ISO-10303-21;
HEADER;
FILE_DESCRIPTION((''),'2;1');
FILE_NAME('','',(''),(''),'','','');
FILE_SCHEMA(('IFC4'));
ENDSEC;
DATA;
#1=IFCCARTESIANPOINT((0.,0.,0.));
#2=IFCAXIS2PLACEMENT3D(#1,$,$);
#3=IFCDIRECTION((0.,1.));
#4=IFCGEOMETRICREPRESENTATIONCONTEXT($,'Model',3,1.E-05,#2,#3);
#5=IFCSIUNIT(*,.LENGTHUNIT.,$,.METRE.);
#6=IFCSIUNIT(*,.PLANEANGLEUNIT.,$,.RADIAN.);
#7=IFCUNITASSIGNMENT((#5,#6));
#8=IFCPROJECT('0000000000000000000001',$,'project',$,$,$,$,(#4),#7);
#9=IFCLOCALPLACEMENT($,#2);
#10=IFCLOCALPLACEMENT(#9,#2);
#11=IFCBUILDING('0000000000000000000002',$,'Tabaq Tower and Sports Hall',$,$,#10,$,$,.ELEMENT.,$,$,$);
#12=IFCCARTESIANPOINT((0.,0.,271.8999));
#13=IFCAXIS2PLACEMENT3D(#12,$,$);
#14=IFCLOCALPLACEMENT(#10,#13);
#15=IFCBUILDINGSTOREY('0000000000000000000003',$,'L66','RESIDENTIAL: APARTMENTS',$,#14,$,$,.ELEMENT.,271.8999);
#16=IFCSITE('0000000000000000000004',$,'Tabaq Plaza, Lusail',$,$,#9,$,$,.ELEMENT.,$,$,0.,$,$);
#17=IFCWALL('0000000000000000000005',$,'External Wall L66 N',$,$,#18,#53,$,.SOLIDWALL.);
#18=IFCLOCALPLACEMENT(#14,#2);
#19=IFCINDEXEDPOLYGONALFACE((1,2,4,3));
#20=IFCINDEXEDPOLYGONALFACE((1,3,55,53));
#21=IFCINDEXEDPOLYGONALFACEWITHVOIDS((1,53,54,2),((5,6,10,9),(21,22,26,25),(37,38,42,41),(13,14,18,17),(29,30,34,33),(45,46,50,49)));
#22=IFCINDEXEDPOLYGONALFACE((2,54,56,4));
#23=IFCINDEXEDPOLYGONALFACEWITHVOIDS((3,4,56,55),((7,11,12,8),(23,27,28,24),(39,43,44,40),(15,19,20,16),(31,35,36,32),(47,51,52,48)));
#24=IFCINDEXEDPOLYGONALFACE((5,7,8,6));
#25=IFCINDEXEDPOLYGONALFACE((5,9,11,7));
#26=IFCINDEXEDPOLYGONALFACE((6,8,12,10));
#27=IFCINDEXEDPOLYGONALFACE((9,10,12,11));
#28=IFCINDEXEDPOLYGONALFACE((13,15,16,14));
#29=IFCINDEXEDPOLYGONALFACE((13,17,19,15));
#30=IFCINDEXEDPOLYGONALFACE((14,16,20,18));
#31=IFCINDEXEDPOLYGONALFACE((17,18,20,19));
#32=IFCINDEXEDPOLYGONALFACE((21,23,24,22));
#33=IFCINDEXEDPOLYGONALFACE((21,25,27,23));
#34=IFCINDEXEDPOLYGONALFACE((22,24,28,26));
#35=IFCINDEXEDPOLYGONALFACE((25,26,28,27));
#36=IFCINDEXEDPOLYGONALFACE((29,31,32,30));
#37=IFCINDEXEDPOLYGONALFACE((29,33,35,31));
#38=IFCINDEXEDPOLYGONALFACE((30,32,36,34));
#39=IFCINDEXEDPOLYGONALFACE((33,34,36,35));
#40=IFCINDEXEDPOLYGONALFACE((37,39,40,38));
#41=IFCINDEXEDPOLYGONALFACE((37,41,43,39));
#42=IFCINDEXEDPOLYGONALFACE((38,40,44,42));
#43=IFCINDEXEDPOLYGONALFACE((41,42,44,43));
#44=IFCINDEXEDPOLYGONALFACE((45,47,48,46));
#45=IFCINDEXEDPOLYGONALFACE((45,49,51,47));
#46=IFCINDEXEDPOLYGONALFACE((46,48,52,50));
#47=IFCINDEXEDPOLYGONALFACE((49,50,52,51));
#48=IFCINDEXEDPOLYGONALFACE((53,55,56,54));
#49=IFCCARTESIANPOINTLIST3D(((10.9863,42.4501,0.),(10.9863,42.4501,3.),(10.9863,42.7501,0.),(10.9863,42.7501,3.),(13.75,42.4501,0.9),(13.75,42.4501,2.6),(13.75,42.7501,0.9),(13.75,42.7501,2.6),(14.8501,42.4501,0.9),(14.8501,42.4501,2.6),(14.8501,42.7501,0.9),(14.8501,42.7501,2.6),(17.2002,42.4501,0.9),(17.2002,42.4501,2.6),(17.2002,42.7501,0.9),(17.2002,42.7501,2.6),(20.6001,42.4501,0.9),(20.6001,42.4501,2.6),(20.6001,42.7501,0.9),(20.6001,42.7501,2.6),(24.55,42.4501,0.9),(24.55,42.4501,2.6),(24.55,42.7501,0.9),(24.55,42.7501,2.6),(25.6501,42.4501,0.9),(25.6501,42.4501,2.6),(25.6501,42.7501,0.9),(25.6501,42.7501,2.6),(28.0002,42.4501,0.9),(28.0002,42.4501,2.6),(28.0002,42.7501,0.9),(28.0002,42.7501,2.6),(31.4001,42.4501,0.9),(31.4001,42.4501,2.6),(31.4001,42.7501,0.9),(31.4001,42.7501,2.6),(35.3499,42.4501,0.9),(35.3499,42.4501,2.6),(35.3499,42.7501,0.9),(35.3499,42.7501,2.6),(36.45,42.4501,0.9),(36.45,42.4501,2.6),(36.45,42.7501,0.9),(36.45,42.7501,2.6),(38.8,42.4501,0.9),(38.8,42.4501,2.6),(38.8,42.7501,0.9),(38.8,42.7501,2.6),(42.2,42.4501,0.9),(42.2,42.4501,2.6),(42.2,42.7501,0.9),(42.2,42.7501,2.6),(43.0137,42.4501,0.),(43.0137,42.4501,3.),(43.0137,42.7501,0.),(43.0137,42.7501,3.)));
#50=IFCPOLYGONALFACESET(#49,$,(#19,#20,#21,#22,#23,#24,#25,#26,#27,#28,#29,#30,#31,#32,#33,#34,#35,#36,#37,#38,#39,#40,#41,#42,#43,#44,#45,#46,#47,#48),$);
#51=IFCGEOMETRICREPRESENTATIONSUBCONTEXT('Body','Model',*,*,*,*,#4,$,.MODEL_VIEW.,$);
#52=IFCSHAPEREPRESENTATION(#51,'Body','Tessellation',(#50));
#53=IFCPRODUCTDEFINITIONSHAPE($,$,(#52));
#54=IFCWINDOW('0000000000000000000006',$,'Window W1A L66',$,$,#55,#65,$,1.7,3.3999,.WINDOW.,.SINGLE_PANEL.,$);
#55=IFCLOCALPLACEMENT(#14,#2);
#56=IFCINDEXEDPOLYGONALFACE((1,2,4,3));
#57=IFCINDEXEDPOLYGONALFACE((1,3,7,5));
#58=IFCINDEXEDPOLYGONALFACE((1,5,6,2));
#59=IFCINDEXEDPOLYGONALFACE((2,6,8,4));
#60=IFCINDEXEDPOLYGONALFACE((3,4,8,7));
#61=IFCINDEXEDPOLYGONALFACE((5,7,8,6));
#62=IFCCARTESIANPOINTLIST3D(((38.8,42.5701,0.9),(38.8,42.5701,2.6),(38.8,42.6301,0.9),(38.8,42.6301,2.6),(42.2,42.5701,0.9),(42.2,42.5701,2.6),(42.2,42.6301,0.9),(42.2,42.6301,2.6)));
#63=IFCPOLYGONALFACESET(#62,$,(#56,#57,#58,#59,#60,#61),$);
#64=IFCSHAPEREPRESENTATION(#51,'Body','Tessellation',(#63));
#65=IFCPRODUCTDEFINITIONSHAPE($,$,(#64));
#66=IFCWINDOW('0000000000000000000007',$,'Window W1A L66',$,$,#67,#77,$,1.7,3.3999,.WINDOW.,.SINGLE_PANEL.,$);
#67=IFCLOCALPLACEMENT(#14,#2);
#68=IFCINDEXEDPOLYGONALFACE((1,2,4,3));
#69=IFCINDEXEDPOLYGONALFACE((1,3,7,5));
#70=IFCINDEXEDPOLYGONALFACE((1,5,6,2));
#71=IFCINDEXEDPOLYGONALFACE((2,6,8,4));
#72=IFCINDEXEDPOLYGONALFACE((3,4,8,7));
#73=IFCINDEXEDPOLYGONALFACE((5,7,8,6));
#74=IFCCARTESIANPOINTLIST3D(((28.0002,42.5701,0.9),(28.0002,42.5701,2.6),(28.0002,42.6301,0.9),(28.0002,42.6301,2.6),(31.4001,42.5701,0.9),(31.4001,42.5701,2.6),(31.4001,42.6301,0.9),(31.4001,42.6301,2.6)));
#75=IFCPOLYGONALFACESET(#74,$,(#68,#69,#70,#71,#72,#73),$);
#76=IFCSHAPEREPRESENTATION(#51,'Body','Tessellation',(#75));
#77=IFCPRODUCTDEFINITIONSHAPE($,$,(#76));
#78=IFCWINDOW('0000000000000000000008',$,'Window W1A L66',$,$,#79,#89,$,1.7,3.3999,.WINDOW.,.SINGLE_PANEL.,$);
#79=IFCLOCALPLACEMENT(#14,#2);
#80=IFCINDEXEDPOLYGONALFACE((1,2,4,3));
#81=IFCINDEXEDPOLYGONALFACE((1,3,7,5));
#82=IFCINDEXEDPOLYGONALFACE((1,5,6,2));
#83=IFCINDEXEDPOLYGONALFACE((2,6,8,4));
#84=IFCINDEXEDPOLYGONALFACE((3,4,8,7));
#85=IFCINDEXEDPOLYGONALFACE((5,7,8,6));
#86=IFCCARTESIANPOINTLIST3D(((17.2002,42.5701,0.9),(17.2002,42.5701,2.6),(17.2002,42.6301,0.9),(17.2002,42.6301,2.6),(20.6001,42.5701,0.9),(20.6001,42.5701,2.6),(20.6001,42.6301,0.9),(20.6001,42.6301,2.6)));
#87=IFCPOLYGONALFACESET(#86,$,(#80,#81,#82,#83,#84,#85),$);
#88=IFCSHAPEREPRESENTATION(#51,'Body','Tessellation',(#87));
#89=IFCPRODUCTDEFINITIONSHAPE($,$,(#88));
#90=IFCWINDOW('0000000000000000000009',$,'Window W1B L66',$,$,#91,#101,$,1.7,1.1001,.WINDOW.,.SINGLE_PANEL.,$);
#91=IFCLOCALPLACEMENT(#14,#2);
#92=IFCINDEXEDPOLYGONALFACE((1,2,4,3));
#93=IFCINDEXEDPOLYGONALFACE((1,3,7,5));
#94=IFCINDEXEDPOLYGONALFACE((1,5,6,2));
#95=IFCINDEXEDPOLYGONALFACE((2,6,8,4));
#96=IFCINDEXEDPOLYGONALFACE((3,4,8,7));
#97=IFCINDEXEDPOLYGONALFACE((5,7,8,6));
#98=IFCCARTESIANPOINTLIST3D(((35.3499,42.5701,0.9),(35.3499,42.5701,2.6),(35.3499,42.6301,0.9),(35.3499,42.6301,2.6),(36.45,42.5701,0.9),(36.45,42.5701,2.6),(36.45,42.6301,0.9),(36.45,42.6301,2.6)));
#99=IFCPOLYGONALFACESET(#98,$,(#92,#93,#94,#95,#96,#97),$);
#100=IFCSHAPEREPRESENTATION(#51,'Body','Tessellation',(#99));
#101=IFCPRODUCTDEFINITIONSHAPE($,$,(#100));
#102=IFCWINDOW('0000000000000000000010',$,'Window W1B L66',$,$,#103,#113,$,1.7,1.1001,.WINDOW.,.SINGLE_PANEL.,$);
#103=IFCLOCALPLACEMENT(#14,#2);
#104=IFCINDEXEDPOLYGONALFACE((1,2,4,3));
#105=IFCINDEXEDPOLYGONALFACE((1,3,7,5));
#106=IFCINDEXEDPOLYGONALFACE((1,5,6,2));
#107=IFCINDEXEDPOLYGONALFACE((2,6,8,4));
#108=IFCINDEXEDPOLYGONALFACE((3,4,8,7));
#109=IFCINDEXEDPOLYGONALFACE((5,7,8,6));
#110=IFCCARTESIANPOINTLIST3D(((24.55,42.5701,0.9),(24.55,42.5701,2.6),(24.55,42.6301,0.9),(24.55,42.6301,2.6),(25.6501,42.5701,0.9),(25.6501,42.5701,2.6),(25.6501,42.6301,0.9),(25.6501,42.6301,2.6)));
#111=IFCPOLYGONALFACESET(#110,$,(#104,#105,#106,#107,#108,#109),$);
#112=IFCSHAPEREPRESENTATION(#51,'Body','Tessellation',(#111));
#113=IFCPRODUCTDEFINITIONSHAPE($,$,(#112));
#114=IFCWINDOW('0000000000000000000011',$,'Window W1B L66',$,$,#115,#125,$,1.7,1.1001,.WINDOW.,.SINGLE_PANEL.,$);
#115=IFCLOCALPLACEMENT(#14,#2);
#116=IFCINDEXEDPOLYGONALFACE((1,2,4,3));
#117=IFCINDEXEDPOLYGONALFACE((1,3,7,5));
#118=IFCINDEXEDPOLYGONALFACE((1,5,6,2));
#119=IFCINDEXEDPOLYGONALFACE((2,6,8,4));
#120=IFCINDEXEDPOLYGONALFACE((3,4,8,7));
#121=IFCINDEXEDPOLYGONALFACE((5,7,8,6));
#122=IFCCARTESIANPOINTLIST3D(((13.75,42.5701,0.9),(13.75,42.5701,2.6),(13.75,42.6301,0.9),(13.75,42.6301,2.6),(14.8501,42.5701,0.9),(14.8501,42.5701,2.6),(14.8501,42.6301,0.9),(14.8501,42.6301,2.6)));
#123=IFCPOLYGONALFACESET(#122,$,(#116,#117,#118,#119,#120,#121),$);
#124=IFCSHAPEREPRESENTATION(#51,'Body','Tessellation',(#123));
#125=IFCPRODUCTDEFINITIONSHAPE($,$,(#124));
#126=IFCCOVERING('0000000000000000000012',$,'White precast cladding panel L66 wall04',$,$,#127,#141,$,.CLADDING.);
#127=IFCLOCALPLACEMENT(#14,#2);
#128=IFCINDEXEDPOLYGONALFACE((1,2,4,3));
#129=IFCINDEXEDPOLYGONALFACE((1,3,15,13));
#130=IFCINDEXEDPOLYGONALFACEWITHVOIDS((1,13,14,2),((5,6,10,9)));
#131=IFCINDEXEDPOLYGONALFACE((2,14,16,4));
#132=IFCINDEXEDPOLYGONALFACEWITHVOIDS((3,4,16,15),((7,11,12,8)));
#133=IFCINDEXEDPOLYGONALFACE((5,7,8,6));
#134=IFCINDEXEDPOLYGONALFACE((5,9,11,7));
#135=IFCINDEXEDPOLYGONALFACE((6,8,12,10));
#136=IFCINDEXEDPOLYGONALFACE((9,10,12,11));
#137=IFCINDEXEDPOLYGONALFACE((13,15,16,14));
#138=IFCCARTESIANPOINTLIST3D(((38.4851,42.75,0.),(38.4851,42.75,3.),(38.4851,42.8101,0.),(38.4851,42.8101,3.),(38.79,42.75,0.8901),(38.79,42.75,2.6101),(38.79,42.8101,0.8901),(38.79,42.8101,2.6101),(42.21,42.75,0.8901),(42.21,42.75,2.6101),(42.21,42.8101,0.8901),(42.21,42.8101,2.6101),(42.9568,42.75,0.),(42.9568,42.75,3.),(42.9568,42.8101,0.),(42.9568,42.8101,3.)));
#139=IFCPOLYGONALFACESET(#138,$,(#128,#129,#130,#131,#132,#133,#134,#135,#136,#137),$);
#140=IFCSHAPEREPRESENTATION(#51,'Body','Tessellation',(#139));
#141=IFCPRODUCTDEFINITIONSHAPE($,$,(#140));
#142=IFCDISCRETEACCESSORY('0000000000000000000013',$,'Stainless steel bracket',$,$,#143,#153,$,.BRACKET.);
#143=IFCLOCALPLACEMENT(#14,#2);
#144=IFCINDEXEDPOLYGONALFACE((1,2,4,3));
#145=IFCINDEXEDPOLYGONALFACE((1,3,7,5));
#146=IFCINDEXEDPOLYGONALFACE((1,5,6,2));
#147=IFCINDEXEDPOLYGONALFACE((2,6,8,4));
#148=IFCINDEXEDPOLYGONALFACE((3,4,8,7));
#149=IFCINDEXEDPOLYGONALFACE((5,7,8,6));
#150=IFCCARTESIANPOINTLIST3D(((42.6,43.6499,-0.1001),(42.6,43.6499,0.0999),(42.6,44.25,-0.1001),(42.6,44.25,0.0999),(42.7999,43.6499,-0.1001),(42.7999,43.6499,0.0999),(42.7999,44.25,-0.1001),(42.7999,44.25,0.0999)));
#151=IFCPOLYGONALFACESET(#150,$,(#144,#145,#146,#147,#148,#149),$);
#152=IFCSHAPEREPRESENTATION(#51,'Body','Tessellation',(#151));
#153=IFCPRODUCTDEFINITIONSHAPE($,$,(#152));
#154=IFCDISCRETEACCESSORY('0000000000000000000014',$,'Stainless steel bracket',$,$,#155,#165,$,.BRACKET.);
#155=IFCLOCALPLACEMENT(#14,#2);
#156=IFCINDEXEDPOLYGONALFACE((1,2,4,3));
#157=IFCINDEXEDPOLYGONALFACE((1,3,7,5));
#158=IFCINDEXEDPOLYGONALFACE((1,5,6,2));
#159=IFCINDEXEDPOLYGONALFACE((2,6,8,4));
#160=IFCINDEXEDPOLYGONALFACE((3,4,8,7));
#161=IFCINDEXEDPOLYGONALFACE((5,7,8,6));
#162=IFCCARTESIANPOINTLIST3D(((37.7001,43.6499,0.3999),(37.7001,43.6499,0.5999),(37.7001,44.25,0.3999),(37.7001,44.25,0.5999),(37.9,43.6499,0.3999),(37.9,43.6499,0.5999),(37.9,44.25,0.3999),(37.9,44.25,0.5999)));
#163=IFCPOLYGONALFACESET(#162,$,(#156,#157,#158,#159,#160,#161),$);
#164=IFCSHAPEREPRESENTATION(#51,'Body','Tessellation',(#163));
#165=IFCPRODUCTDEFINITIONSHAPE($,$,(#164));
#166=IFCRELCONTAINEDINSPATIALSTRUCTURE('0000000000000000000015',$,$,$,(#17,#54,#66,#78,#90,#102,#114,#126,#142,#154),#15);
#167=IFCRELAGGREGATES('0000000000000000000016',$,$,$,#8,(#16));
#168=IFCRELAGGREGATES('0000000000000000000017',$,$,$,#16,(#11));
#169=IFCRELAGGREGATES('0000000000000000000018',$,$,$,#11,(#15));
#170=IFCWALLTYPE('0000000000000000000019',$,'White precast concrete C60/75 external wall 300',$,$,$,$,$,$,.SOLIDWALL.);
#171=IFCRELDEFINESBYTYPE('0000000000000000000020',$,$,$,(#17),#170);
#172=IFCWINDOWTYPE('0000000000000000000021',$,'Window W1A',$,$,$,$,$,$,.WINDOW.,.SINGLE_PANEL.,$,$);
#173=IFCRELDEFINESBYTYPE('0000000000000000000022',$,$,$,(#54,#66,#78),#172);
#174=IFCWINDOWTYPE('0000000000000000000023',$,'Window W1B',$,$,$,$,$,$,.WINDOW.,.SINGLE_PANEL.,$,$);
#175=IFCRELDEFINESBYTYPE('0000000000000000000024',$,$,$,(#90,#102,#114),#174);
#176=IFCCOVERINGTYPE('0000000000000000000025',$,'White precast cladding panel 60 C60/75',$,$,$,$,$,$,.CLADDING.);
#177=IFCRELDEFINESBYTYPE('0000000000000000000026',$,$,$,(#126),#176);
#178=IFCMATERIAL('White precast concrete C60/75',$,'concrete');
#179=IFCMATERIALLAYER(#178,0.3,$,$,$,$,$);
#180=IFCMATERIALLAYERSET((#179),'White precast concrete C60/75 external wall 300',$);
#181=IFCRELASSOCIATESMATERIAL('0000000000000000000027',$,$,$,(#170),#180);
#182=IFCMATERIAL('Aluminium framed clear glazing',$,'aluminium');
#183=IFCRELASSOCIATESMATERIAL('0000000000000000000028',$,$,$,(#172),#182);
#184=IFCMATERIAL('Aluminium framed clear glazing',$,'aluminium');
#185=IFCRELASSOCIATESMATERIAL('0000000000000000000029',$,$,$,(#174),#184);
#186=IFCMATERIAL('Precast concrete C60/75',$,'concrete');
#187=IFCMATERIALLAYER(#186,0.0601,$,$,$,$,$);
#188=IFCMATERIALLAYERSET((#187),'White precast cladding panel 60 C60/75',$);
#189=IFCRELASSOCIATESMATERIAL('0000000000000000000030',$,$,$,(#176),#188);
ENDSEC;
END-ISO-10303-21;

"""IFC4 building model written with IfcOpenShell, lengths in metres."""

from ifc_helpers import new_model, si_unit, direction, frame, frame_2d, origin, origin_2d, place, context, subcontext, project, spatial, polyline, rectangle, outline, extrude, material, layer, layer_set, type_object, element, fill, save


model = new_model("IFC4")

# Units and contexts
model_context = context("Model", 3, precision=1e-05, world=origin(), true_north=direction((0.0, 1.0)))
body_context = subcontext(model_context, "Body", "Model", "MODEL_VIEW")
ifc_project = project(units=[si_unit("LENGTHUNIT", "METRE"), si_unit("PLANEANGLEUNIT", "RADIAN")], contexts=[model_context])

# Site, building, storey
site_placement = place(None, origin())
site = spatial("IfcSite", under=ifc_project, at=site_placement, Name="Tabaq Plaza, Lusail", CompositionType="ELEMENT", RefElevation=0.0)
building_placement = place(site_placement, origin())
building = spatial("IfcBuilding", under=site, at=building_placement, Name="Tabaq Tower and Sports Hall", CompositionType="ELEMENT")
storey_placement = place(building_placement, frame((0.0, 0.0, 271.8999)))
storey = spatial("IfcBuildingStorey", under=building, at=storey_placement, Name="L66", Description="RESIDENTIAL: APARTMENTS", CompositionType="ELEMENT", Elevation=271.8999)

# Wall, openings, windows
ifc_material_1 = material(Name="White precast concrete C60/75", Category="concrete")
ifc_layer_1 = layer(ifc_material_1, 0.3)
ifc_layer_set_1 = layer_set([ifc_layer_1], Name="White precast concrete C60/75 external wall 300")
wall_type_1 = type_object("IfcWallType", Name="White precast concrete C60/75 external wall 300", PredefinedType="SOLIDWALL", material=ifc_layer_set_1)
wall_1_placement = place(storey_placement, frame((43.0137, 42.6001, 0.0), z_axis=(0.0, 0.0, 1.0), x_axis=(-1.0, 0.0, 0.0)))
wall_1 = element("IfcWall", 1, at=wall_1_placement, inside=storey, type_object=wall_type_1, Name="External Wall L66 N", PredefinedType="SOLIDWALL", context=body_context, shape_type="SweptSolid", body=[
    extrude(rectangle(XDim=32.0273, YDim=0.3, at=frame_2d((16.0137, 0.0))), origin(), (0.0, 0.0, 1.0), 3.0),
])
opening_1_placement = place(wall_1_placement, frame((0.8137, 0.0, 0.8999)))
opening_1 = element("IfcOpeningElement", 2, at=opening_1_placement, cuts=wall_1, PredefinedType="OPENING", context=body_context, shape_type="SweptSolid", body=[
    extrude(rectangle(XDim=3.3999, YDim=1.7, at=frame_2d((1.7, 0.8501))), frame((0.0, 0.1602, 0.0), z_axis=(0.0, -1.0, 0.0), x_axis=(1.0, 0.0, 0.0)), (0.0, 0.0, 1.0), 0.3201),
])
opening_2_placement = place(wall_1_placement, frame((6.5637, 0.0, 0.8999)))
opening_2 = element("IfcOpeningElement", 3, at=opening_2_placement, cuts=wall_1, PredefinedType="OPENING", context=body_context, shape_type="SweptSolid", body=[
    extrude(rectangle(XDim=1.1001, YDim=1.7, at=frame_2d((0.55, 0.8501))), frame((0.0, 0.1602, 0.0), z_axis=(0.0, -1.0, 0.0), x_axis=(1.0, 0.0, 0.0)), (0.0, 0.0, 1.0), 0.3201),
])
opening_3_placement = place(wall_1_placement, frame((11.6135, 0.0, 0.8999)))
opening_3 = element("IfcOpeningElement", 4, at=opening_3_placement, cuts=wall_1, PredefinedType="OPENING", context=body_context, shape_type="SweptSolid", body=[
    extrude(rectangle(XDim=3.3999, YDim=1.7, at=frame_2d((1.7, 0.8501))), frame((0.0, 0.1602, 0.0), z_axis=(0.0, -1.0, 0.0), x_axis=(1.0, 0.0, 0.0)), (0.0, 0.0, 1.0), 0.3201),
])
opening_4_placement = place(wall_1_placement, frame((17.3635, 0.0, 0.8999)))
opening_4 = element("IfcOpeningElement", 5, at=opening_4_placement, cuts=wall_1, PredefinedType="OPENING", context=body_context, shape_type="SweptSolid", body=[
    extrude(rectangle(XDim=1.1001, YDim=1.7, at=frame_2d((0.55, 0.8501))), frame((0.0, 0.1602, 0.0), z_axis=(0.0, -1.0, 0.0), x_axis=(1.0, 0.0, 0.0)), (0.0, 0.0, 1.0), 0.3201),
])
opening_5_placement = place(wall_1_placement, frame((22.4136, 0.0, 0.8999)))
opening_5 = element("IfcOpeningElement", 6, at=opening_5_placement, cuts=wall_1, PredefinedType="OPENING", context=body_context, shape_type="SweptSolid", body=[
    extrude(rectangle(XDim=3.3999, YDim=1.7, at=frame_2d((1.7, 0.8501))), frame((0.0, 0.1602, 0.0), z_axis=(0.0, -1.0, 0.0), x_axis=(1.0, 0.0, 0.0)), (0.0, 0.0, 1.0), 0.3201),
])
opening_6_placement = place(wall_1_placement, frame((28.1636, 0.0, 0.8999)))
opening_6 = element("IfcOpeningElement", 7, at=opening_6_placement, cuts=wall_1, PredefinedType="OPENING", context=body_context, shape_type="SweptSolid", body=[
    extrude(rectangle(XDim=1.1001, YDim=1.7, at=frame_2d((0.55, 0.8501))), frame((0.0, 0.1602, 0.0), z_axis=(0.0, -1.0, 0.0), x_axis=(1.0, 0.0, 0.0)), (0.0, 0.0, 1.0), 0.3201),
])
ifc_material_2 = material(Name="Aluminium framed clear glazing", Category="aluminium")
window_type_1 = type_object("IfcWindowType", Name="Window W1A", PartitioningType="SINGLE_PANEL", PredefinedType="WINDOW", material=ifc_material_2)
window_1_placement = place(opening_1_placement, origin())
window_1 = element("IfcWindow", 8, at=window_1_placement, inside=storey, type_object=window_type_1, Name="Window W1A L66", OverallHeight=1.7, OverallWidth=3.3999, PartitioningType="SINGLE_PANEL", PredefinedType="WINDOW", context=body_context, shape_type="SweptSolid", body=[
    extrude(rectangle(XDim=3.3999, YDim=1.7, at=frame_2d((1.7, 0.8501))), frame((0.0, 0.03, 0.0), z_axis=(0.0, -1.0, 0.0), x_axis=(1.0, 0.0, 0.0)), (0.0, 0.0, 1.0), 0.0601),
])
fill(opening_1, window_1)
window_2_placement = place(opening_3_placement, origin())
window_2 = element("IfcWindow", 9, at=window_2_placement, inside=storey, type_object=window_type_1, Name="Window W1A L66", OverallHeight=1.7, OverallWidth=3.3999, PartitioningType="SINGLE_PANEL", PredefinedType="WINDOW", context=body_context, shape_type="SweptSolid", body=[
    extrude(rectangle(XDim=3.3999, YDim=1.7, at=frame_2d((1.7, 0.8501))), frame((0.0, 0.03, 0.0), z_axis=(0.0, -1.0, 0.0), x_axis=(1.0, 0.0, 0.0)), (0.0, 0.0, 1.0), 0.0601),
])
fill(opening_3, window_2)
window_3_placement = place(opening_5_placement, origin())
window_3 = element("IfcWindow", 10, at=window_3_placement, inside=storey, type_object=window_type_1, Name="Window W1A L66", OverallHeight=1.7, OverallWidth=3.3999, PartitioningType="SINGLE_PANEL", PredefinedType="WINDOW", context=body_context, shape_type="SweptSolid", body=[
    extrude(rectangle(XDim=3.3999, YDim=1.7, at=frame_2d((1.7, 0.8501))), frame((0.0, 0.03, 0.0), z_axis=(0.0, -1.0, 0.0), x_axis=(1.0, 0.0, 0.0)), (0.0, 0.0, 1.0), 0.0601),
])
fill(opening_5, window_3)
ifc_material_3 = material(Name="Aluminium framed clear glazing", Category="aluminium")
window_type_2 = type_object("IfcWindowType", Name="Window W1B", PartitioningType="SINGLE_PANEL", PredefinedType="WINDOW", material=ifc_material_3)
window_4_placement = place(opening_2_placement, origin())
window_4 = element("IfcWindow", 11, at=window_4_placement, inside=storey, type_object=window_type_2, Name="Window W1B L66", OverallHeight=1.7, OverallWidth=1.1001, PartitioningType="SINGLE_PANEL", PredefinedType="WINDOW", context=body_context, shape_type="SweptSolid", body=[
    extrude(rectangle(XDim=1.1001, YDim=1.7, at=frame_2d((0.55, 0.8501))), frame((0.0, 0.03, 0.0), z_axis=(0.0, -1.0, 0.0), x_axis=(1.0, 0.0, 0.0)), (0.0, 0.0, 1.0), 0.0601),
])
fill(opening_2, window_4)
window_5_placement = place(opening_4_placement, origin())
window_5 = element("IfcWindow", 12, at=window_5_placement, inside=storey, type_object=window_type_2, Name="Window W1B L66", OverallHeight=1.7, OverallWidth=1.1001, PartitioningType="SINGLE_PANEL", PredefinedType="WINDOW", context=body_context, shape_type="SweptSolid", body=[
    extrude(rectangle(XDim=1.1001, YDim=1.7, at=frame_2d((0.55, 0.8501))), frame((0.0, 0.03, 0.0), z_axis=(0.0, -1.0, 0.0), x_axis=(1.0, 0.0, 0.0)), (0.0, 0.0, 1.0), 0.0601),
])
fill(opening_4, window_5)
window_6_placement = place(opening_6_placement, origin())
window_6 = element("IfcWindow", 13, at=window_6_placement, inside=storey, type_object=window_type_2, Name="Window W1B L66", OverallHeight=1.7, OverallWidth=1.1001, PartitioningType="SINGLE_PANEL", PredefinedType="WINDOW", context=body_context, shape_type="SweptSolid", body=[
    extrude(rectangle(XDim=1.1001, YDim=1.7, at=frame_2d((0.55, 0.8501))), frame((0.0, 0.03, 0.0), z_axis=(0.0, -1.0, 0.0), x_axis=(1.0, 0.0, 0.0)), (0.0, 0.0, 1.0), 0.0601),
])
fill(opening_6, window_6)

# Covering
ifc_material_4 = material(Name="Precast concrete C60/75", Category="concrete")
ifc_layer_2 = layer(ifc_material_4, 0.0601)
ifc_layer_set_2 = layer_set([ifc_layer_2], Name="White precast cladding panel 60 C60/75")
covering_type = type_object("IfcCoveringType", Name="White precast cladding panel 60 C60/75", PredefinedType="CLADDING", material=ifc_layer_set_2)
covering_placement = place(storey_placement, frame((42.9568, 42.78, 0.0), z_axis=(0.0, 0.0, 1.0), x_axis=(-1.0, 0.0, 0.0)))
element("IfcCovering", 14, at=covering_placement, inside=storey, type_object=covering_type, Name="White precast cladding panel L66 wall04", PredefinedType="CLADDING", context=body_context, shape_type="SweptSolid", body=[
    extrude(outline(polyline([(0.0, 0.0), (4.4717, 0.0), (4.4717, 3.0), (0.0, 3.0), (0.0, 0.0)]), holes=[polyline([(0.7468, 0.8901), (0.7468, 2.6101), (4.1667, 2.6101), (4.1667, 0.8901), (0.7468, 0.8901)])]), frame((0.0, 0.03, 0.0), z_axis=(0.0, -1.0, 0.0), x_axis=(1.0, 0.0, 0.0)), (0.0, 0.0, 1.0), 0.0601),
])

# Discrete accessories
for number, where, z_axis, x_axis, name in (
    (15, (42.7, 43.95, -0.1001), (0.0, 0.0, 1.0), (0.0, 1.0, 0.0), "Stainless steel bracket"),
    (16, (37.8, 43.95, 0.3999), (0.0, 0.0, 1.0), (0.0, 1.0, 0.0), "Stainless steel bracket"),
):
    element("IfcDiscreteAccessory", number, at=place(storey_placement, frame(where, z_axis=z_axis, x_axis=x_axis)), inside=storey, Name=name, PredefinedType="BRACKET", context=body_context, shape_type="SweptSolid", body=[
        extrude(rectangle(XDim=0.6001, YDim=0.2, at=origin_2d()), origin(), (0.0, 0.0, 1.0), 0.2),
    ])

save(model, "model.ifc")
